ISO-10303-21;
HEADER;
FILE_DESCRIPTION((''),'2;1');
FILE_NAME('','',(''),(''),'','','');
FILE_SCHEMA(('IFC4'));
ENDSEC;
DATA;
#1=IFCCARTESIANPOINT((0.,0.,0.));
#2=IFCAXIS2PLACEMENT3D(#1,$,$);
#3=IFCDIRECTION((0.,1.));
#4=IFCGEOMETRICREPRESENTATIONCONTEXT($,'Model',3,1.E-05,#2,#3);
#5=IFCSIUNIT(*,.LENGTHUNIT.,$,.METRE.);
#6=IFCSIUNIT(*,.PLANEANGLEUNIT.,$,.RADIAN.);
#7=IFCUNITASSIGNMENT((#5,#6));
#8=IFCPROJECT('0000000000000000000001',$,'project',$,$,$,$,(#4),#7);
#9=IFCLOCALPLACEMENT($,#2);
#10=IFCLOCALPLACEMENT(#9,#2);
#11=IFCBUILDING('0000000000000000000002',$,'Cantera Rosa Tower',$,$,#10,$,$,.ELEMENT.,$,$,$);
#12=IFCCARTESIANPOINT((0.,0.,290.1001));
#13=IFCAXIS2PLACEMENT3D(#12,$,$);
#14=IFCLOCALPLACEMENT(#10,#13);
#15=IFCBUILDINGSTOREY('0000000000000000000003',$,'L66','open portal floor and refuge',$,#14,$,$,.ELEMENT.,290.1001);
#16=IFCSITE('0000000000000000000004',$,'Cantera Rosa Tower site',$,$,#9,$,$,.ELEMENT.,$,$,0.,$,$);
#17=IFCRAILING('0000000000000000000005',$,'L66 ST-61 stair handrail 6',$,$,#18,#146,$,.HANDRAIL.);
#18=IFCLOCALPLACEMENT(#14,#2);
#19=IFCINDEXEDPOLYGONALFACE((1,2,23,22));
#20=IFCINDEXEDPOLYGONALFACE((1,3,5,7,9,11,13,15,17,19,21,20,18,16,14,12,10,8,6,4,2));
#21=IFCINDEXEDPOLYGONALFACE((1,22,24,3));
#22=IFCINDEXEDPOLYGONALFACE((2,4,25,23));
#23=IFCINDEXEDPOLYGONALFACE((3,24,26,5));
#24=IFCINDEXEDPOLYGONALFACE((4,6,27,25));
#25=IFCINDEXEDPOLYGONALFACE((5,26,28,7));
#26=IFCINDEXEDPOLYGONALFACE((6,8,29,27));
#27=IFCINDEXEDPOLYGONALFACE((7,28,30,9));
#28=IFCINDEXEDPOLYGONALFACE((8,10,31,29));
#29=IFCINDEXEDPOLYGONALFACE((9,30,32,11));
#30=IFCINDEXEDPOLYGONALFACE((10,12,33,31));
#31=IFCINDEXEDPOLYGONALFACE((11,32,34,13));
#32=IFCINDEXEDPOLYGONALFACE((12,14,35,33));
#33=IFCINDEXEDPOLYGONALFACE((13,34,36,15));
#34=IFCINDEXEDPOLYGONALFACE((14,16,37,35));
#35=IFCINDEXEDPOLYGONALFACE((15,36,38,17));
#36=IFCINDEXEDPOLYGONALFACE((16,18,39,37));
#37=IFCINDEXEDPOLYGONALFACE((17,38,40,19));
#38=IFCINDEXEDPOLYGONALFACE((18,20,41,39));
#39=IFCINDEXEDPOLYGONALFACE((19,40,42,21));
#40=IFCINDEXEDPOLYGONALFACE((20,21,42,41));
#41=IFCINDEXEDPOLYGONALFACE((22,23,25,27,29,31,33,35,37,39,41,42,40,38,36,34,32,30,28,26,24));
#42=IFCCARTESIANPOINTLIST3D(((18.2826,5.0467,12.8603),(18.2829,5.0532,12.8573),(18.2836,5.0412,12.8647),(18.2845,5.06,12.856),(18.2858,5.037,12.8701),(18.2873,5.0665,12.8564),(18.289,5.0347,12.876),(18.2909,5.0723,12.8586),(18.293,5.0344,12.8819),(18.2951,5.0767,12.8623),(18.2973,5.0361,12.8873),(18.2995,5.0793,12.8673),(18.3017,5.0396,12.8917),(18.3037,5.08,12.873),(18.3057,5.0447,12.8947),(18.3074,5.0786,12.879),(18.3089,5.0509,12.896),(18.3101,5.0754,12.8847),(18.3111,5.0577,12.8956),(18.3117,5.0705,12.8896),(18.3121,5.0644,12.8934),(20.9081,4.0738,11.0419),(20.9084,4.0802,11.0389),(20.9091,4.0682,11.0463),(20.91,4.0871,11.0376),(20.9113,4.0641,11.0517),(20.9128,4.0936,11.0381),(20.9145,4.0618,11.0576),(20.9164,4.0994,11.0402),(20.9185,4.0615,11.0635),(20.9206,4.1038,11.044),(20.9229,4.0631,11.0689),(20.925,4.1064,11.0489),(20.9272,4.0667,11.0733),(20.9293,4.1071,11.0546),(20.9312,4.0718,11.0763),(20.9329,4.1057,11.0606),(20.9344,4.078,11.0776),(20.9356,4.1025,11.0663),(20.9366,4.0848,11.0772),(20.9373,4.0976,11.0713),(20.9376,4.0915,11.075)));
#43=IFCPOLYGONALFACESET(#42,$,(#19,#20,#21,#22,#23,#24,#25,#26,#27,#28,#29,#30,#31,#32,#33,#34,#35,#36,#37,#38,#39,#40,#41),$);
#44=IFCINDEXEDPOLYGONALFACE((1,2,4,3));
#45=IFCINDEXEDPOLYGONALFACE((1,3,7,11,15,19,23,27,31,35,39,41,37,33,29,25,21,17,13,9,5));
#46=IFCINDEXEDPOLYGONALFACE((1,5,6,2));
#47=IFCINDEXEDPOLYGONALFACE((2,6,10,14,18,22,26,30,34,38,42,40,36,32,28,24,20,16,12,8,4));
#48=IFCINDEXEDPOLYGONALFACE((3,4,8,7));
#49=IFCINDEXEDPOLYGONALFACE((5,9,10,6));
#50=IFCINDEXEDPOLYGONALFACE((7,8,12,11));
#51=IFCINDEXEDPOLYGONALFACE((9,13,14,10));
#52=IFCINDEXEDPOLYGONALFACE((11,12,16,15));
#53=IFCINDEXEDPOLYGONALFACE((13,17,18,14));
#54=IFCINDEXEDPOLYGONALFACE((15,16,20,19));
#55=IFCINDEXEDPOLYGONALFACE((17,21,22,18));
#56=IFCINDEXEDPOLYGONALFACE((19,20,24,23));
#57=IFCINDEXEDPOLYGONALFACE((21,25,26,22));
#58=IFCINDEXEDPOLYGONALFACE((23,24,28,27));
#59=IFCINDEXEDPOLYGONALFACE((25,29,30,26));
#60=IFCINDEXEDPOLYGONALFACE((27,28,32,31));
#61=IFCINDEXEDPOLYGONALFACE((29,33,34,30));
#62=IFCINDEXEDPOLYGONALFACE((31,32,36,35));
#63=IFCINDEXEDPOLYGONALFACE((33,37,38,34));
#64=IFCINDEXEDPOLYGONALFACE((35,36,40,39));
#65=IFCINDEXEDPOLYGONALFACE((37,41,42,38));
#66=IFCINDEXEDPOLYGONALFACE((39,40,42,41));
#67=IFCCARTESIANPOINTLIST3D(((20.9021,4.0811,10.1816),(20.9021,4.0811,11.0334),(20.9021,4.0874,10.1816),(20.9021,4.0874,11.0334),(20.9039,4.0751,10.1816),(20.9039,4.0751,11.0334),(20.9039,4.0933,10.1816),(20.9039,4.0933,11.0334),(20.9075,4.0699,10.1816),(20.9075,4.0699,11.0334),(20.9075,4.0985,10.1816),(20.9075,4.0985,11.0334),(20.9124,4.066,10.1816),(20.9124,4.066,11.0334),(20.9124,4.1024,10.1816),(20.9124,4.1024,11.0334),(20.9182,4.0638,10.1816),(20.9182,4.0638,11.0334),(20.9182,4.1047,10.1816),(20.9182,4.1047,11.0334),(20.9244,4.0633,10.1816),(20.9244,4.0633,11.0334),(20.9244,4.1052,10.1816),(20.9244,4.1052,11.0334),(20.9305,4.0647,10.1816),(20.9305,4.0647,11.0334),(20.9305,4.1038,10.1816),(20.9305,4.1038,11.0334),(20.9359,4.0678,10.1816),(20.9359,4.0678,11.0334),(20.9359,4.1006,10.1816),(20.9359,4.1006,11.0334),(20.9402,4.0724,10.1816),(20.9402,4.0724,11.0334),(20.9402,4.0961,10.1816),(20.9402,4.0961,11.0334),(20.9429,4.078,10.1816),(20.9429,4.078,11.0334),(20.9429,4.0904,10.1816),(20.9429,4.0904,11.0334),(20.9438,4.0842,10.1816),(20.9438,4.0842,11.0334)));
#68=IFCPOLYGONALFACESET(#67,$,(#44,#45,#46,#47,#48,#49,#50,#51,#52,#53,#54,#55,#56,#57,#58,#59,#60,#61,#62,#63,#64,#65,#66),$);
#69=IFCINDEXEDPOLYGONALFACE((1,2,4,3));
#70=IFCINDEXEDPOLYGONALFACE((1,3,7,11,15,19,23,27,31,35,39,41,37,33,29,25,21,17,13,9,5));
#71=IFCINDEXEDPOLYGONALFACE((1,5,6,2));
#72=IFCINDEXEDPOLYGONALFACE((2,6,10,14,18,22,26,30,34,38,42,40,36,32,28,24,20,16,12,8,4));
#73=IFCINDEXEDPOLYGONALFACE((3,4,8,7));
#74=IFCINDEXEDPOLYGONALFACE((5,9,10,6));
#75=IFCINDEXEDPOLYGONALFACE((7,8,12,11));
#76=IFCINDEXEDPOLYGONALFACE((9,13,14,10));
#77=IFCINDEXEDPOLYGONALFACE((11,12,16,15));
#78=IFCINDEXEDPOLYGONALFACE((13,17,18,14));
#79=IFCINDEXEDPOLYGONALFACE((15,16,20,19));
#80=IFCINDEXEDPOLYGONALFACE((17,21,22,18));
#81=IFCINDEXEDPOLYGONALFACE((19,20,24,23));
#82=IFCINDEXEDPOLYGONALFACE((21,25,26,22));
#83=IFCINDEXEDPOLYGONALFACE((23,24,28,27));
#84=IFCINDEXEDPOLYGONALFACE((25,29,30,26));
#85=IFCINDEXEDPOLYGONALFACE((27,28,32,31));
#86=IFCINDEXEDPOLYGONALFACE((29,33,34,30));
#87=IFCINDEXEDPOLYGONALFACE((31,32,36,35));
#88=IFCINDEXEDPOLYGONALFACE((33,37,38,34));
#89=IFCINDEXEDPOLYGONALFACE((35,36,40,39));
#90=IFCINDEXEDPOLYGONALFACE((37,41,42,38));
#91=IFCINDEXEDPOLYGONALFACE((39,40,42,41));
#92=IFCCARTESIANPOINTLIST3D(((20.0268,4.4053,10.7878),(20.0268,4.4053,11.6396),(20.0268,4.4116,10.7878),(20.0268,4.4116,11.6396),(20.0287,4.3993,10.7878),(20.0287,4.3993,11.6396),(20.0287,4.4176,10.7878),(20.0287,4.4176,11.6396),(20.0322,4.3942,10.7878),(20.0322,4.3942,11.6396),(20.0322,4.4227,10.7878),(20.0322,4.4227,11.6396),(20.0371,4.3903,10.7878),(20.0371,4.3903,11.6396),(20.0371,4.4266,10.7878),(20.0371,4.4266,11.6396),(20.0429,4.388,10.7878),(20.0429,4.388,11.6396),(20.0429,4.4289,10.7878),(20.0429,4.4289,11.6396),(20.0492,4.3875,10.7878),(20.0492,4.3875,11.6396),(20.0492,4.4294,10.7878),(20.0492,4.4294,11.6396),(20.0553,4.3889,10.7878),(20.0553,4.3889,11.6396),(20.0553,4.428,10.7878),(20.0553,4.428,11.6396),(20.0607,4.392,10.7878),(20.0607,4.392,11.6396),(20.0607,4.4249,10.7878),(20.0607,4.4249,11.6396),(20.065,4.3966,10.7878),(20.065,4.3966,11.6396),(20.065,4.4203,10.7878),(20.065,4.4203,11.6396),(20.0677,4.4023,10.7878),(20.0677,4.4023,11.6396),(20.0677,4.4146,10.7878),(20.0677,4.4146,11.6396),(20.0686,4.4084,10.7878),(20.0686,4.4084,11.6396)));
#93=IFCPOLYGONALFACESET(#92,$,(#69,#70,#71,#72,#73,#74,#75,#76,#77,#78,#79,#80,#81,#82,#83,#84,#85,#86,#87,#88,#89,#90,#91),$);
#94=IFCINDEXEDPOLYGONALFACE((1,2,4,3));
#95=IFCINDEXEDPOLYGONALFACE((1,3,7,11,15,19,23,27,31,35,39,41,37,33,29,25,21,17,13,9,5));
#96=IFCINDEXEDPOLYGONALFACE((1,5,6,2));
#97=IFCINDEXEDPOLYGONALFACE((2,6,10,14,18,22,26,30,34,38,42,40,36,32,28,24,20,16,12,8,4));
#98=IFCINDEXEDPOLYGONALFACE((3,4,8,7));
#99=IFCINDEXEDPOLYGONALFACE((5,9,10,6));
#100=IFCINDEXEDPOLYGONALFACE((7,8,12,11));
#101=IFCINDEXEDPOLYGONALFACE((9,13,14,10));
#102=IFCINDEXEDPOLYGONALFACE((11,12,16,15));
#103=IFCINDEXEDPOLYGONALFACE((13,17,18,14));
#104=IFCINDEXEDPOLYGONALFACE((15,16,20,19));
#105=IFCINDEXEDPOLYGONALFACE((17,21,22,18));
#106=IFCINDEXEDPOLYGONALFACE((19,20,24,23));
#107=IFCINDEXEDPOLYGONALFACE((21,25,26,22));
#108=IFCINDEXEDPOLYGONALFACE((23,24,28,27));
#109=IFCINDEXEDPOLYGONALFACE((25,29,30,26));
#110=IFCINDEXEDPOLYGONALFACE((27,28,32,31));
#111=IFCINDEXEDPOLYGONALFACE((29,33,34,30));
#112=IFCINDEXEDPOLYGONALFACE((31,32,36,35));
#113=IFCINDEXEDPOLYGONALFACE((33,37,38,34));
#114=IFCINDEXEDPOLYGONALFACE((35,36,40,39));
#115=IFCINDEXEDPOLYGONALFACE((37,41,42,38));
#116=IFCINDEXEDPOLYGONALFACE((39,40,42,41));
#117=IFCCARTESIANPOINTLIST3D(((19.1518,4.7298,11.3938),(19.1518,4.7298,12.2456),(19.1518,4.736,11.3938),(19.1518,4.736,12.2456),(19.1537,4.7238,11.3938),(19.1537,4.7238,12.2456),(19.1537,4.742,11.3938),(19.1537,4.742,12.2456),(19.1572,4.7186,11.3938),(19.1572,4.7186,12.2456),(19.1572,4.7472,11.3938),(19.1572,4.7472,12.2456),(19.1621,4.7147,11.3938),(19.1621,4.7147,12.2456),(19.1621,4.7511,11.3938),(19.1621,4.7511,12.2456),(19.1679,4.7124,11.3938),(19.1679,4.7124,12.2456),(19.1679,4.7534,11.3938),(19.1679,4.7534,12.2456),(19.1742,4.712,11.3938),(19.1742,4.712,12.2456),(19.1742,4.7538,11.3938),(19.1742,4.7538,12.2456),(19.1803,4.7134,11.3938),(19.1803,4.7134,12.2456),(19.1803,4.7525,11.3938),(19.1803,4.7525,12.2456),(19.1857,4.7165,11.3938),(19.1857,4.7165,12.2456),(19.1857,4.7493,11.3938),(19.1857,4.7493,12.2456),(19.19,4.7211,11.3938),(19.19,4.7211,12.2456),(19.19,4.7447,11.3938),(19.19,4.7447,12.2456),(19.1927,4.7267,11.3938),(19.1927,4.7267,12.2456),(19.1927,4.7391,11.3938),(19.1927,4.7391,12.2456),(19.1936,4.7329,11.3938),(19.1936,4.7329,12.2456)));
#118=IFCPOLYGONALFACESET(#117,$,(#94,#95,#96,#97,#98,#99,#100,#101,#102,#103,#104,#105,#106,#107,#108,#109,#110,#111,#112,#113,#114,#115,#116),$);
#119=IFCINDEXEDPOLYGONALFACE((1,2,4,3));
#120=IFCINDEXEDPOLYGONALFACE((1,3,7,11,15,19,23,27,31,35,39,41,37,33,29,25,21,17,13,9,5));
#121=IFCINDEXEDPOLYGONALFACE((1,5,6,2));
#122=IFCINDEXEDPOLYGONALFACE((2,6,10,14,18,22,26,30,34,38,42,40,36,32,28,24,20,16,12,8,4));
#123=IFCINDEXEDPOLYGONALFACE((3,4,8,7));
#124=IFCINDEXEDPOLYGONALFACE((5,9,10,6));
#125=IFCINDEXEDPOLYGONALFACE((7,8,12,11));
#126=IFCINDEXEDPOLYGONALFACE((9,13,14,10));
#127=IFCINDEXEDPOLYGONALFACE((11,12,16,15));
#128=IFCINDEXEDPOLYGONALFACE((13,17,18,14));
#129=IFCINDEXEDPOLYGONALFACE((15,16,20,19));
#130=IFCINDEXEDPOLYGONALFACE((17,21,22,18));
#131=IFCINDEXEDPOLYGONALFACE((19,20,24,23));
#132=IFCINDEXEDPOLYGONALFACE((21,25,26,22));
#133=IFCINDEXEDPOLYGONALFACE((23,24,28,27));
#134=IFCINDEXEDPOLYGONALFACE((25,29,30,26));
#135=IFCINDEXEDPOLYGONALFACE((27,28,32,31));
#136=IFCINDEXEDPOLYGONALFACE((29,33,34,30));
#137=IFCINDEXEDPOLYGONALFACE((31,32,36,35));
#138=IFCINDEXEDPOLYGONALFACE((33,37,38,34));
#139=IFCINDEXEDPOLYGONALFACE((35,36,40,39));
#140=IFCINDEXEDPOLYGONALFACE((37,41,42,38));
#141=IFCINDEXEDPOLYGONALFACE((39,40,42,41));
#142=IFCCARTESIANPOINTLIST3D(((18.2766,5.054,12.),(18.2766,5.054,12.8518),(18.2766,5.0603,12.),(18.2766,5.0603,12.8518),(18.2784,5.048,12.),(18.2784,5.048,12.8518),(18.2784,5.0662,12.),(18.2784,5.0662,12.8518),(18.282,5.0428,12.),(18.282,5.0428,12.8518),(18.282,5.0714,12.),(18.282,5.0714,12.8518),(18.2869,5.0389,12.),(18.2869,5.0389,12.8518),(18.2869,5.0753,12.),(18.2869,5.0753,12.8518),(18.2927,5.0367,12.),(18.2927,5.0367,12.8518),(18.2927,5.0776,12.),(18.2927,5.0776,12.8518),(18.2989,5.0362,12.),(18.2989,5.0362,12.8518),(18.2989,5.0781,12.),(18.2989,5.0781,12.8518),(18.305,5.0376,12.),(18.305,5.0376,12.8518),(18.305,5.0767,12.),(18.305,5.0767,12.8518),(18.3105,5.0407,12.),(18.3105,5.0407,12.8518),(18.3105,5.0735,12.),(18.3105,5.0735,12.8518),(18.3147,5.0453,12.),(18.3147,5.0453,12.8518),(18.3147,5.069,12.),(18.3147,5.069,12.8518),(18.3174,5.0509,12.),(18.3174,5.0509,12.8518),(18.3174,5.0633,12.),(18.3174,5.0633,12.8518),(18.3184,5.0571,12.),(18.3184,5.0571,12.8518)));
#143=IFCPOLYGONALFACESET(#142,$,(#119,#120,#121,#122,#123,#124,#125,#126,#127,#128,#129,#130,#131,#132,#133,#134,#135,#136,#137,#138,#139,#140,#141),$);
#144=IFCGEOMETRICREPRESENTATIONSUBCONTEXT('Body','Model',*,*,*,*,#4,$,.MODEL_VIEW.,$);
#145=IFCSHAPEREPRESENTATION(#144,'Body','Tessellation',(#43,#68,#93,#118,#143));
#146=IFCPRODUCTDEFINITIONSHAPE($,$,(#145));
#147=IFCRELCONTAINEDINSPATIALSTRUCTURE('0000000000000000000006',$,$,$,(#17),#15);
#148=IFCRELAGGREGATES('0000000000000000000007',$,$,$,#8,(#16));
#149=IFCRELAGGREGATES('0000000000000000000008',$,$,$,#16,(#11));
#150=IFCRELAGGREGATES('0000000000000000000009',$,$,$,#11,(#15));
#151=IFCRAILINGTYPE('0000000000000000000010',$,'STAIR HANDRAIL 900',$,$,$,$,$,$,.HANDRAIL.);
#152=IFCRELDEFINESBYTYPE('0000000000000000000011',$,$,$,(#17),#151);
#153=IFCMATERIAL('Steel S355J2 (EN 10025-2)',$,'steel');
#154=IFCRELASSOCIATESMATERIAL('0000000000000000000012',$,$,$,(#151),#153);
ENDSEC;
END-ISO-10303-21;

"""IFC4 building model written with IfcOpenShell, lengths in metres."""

from ifc_helpers import new_model, si_unit, direction, frame, origin, origin_2d, place, context, subcontext, project, spatial, circle, extrude, material, type_object, element, save


model = new_model("IFC4")

# Units and contexts
model_context = context("Model", 3, precision=1e-05, world=origin(), true_north=direction((0.0, 1.0)))
body_context = subcontext(model_context, "Body", "Model", "MODEL_VIEW")
ifc_project = project(units=[si_unit("LENGTHUNIT", "METRE"), si_unit("PLANEANGLEUNIT", "RADIAN")], contexts=[model_context])

# Site, building, storey
site_placement = place(None, origin())
site = spatial("IfcSite", under=ifc_project, at=site_placement, Name="Cantera Rosa Tower site", CompositionType="ELEMENT", RefElevation=0.0)
building_placement = place(site_placement, origin())
building = spatial("IfcBuilding", under=site, at=building_placement, Name="Cantera Rosa Tower", CompositionType="ELEMENT")
storey_placement = place(building_placement, frame((0.0, 0.0, 290.1001)))
storey = spatial("IfcBuildingStorey", under=building, at=storey_placement, Name="L66", Description="open portal floor and refuge", CompositionType="ELEMENT", Elevation=290.1001)

# Railing
ifc_material_1 = material(Name="Steel S355J2 (EN 10025-2)", Category="steel")
railing_type_1 = type_object("IfcRailingType", Name="STAIR HANDRAIL 900", PredefinedType="HANDRAIL", material=ifc_material_1)
railing_1_placement = place(storey_placement, frame((20.9229, 4.0842, 10.1816)))
element("IfcRailing", 1, at=railing_1_placement, inside=storey, type_object=railing_type_1, Name="L66 ST-61 stair handrail 6", PredefinedType="HANDRAIL", context=body_context, shape_type="SweptSolid", body=[
    extrude(circle(Radius=0.0239, at=origin_2d()), frame((0.0, 0.0, 0.876), z_axis=(-0.786407, 0.291411, 0.54465), x_axis=(-0.347471, -0.937691, 0.0)), (0.0, 0.0, 1.0), 3.3386),
    extrude(circle(Radius=0.021, at=origin_2d()), origin(), (0.0, 0.0, 1.0), 0.8518),
    extrude(circle(Radius=0.021, at=origin_2d()), frame((-0.8752, 0.3242, 0.6062)), (0.0, 0.0, 1.0), 0.8518),
    extrude(circle(Radius=0.021, at=origin_2d()), frame((-1.7502, 0.6487, 1.2122)), (0.0, 0.0, 1.0), 0.8518),
    extrude(circle(Radius=0.021, at=origin_2d()), frame((-2.6255, 0.9729, 1.8184)), (0.0, 0.0, 1.0), 0.8518),
])

save(model, "model.ifc")
